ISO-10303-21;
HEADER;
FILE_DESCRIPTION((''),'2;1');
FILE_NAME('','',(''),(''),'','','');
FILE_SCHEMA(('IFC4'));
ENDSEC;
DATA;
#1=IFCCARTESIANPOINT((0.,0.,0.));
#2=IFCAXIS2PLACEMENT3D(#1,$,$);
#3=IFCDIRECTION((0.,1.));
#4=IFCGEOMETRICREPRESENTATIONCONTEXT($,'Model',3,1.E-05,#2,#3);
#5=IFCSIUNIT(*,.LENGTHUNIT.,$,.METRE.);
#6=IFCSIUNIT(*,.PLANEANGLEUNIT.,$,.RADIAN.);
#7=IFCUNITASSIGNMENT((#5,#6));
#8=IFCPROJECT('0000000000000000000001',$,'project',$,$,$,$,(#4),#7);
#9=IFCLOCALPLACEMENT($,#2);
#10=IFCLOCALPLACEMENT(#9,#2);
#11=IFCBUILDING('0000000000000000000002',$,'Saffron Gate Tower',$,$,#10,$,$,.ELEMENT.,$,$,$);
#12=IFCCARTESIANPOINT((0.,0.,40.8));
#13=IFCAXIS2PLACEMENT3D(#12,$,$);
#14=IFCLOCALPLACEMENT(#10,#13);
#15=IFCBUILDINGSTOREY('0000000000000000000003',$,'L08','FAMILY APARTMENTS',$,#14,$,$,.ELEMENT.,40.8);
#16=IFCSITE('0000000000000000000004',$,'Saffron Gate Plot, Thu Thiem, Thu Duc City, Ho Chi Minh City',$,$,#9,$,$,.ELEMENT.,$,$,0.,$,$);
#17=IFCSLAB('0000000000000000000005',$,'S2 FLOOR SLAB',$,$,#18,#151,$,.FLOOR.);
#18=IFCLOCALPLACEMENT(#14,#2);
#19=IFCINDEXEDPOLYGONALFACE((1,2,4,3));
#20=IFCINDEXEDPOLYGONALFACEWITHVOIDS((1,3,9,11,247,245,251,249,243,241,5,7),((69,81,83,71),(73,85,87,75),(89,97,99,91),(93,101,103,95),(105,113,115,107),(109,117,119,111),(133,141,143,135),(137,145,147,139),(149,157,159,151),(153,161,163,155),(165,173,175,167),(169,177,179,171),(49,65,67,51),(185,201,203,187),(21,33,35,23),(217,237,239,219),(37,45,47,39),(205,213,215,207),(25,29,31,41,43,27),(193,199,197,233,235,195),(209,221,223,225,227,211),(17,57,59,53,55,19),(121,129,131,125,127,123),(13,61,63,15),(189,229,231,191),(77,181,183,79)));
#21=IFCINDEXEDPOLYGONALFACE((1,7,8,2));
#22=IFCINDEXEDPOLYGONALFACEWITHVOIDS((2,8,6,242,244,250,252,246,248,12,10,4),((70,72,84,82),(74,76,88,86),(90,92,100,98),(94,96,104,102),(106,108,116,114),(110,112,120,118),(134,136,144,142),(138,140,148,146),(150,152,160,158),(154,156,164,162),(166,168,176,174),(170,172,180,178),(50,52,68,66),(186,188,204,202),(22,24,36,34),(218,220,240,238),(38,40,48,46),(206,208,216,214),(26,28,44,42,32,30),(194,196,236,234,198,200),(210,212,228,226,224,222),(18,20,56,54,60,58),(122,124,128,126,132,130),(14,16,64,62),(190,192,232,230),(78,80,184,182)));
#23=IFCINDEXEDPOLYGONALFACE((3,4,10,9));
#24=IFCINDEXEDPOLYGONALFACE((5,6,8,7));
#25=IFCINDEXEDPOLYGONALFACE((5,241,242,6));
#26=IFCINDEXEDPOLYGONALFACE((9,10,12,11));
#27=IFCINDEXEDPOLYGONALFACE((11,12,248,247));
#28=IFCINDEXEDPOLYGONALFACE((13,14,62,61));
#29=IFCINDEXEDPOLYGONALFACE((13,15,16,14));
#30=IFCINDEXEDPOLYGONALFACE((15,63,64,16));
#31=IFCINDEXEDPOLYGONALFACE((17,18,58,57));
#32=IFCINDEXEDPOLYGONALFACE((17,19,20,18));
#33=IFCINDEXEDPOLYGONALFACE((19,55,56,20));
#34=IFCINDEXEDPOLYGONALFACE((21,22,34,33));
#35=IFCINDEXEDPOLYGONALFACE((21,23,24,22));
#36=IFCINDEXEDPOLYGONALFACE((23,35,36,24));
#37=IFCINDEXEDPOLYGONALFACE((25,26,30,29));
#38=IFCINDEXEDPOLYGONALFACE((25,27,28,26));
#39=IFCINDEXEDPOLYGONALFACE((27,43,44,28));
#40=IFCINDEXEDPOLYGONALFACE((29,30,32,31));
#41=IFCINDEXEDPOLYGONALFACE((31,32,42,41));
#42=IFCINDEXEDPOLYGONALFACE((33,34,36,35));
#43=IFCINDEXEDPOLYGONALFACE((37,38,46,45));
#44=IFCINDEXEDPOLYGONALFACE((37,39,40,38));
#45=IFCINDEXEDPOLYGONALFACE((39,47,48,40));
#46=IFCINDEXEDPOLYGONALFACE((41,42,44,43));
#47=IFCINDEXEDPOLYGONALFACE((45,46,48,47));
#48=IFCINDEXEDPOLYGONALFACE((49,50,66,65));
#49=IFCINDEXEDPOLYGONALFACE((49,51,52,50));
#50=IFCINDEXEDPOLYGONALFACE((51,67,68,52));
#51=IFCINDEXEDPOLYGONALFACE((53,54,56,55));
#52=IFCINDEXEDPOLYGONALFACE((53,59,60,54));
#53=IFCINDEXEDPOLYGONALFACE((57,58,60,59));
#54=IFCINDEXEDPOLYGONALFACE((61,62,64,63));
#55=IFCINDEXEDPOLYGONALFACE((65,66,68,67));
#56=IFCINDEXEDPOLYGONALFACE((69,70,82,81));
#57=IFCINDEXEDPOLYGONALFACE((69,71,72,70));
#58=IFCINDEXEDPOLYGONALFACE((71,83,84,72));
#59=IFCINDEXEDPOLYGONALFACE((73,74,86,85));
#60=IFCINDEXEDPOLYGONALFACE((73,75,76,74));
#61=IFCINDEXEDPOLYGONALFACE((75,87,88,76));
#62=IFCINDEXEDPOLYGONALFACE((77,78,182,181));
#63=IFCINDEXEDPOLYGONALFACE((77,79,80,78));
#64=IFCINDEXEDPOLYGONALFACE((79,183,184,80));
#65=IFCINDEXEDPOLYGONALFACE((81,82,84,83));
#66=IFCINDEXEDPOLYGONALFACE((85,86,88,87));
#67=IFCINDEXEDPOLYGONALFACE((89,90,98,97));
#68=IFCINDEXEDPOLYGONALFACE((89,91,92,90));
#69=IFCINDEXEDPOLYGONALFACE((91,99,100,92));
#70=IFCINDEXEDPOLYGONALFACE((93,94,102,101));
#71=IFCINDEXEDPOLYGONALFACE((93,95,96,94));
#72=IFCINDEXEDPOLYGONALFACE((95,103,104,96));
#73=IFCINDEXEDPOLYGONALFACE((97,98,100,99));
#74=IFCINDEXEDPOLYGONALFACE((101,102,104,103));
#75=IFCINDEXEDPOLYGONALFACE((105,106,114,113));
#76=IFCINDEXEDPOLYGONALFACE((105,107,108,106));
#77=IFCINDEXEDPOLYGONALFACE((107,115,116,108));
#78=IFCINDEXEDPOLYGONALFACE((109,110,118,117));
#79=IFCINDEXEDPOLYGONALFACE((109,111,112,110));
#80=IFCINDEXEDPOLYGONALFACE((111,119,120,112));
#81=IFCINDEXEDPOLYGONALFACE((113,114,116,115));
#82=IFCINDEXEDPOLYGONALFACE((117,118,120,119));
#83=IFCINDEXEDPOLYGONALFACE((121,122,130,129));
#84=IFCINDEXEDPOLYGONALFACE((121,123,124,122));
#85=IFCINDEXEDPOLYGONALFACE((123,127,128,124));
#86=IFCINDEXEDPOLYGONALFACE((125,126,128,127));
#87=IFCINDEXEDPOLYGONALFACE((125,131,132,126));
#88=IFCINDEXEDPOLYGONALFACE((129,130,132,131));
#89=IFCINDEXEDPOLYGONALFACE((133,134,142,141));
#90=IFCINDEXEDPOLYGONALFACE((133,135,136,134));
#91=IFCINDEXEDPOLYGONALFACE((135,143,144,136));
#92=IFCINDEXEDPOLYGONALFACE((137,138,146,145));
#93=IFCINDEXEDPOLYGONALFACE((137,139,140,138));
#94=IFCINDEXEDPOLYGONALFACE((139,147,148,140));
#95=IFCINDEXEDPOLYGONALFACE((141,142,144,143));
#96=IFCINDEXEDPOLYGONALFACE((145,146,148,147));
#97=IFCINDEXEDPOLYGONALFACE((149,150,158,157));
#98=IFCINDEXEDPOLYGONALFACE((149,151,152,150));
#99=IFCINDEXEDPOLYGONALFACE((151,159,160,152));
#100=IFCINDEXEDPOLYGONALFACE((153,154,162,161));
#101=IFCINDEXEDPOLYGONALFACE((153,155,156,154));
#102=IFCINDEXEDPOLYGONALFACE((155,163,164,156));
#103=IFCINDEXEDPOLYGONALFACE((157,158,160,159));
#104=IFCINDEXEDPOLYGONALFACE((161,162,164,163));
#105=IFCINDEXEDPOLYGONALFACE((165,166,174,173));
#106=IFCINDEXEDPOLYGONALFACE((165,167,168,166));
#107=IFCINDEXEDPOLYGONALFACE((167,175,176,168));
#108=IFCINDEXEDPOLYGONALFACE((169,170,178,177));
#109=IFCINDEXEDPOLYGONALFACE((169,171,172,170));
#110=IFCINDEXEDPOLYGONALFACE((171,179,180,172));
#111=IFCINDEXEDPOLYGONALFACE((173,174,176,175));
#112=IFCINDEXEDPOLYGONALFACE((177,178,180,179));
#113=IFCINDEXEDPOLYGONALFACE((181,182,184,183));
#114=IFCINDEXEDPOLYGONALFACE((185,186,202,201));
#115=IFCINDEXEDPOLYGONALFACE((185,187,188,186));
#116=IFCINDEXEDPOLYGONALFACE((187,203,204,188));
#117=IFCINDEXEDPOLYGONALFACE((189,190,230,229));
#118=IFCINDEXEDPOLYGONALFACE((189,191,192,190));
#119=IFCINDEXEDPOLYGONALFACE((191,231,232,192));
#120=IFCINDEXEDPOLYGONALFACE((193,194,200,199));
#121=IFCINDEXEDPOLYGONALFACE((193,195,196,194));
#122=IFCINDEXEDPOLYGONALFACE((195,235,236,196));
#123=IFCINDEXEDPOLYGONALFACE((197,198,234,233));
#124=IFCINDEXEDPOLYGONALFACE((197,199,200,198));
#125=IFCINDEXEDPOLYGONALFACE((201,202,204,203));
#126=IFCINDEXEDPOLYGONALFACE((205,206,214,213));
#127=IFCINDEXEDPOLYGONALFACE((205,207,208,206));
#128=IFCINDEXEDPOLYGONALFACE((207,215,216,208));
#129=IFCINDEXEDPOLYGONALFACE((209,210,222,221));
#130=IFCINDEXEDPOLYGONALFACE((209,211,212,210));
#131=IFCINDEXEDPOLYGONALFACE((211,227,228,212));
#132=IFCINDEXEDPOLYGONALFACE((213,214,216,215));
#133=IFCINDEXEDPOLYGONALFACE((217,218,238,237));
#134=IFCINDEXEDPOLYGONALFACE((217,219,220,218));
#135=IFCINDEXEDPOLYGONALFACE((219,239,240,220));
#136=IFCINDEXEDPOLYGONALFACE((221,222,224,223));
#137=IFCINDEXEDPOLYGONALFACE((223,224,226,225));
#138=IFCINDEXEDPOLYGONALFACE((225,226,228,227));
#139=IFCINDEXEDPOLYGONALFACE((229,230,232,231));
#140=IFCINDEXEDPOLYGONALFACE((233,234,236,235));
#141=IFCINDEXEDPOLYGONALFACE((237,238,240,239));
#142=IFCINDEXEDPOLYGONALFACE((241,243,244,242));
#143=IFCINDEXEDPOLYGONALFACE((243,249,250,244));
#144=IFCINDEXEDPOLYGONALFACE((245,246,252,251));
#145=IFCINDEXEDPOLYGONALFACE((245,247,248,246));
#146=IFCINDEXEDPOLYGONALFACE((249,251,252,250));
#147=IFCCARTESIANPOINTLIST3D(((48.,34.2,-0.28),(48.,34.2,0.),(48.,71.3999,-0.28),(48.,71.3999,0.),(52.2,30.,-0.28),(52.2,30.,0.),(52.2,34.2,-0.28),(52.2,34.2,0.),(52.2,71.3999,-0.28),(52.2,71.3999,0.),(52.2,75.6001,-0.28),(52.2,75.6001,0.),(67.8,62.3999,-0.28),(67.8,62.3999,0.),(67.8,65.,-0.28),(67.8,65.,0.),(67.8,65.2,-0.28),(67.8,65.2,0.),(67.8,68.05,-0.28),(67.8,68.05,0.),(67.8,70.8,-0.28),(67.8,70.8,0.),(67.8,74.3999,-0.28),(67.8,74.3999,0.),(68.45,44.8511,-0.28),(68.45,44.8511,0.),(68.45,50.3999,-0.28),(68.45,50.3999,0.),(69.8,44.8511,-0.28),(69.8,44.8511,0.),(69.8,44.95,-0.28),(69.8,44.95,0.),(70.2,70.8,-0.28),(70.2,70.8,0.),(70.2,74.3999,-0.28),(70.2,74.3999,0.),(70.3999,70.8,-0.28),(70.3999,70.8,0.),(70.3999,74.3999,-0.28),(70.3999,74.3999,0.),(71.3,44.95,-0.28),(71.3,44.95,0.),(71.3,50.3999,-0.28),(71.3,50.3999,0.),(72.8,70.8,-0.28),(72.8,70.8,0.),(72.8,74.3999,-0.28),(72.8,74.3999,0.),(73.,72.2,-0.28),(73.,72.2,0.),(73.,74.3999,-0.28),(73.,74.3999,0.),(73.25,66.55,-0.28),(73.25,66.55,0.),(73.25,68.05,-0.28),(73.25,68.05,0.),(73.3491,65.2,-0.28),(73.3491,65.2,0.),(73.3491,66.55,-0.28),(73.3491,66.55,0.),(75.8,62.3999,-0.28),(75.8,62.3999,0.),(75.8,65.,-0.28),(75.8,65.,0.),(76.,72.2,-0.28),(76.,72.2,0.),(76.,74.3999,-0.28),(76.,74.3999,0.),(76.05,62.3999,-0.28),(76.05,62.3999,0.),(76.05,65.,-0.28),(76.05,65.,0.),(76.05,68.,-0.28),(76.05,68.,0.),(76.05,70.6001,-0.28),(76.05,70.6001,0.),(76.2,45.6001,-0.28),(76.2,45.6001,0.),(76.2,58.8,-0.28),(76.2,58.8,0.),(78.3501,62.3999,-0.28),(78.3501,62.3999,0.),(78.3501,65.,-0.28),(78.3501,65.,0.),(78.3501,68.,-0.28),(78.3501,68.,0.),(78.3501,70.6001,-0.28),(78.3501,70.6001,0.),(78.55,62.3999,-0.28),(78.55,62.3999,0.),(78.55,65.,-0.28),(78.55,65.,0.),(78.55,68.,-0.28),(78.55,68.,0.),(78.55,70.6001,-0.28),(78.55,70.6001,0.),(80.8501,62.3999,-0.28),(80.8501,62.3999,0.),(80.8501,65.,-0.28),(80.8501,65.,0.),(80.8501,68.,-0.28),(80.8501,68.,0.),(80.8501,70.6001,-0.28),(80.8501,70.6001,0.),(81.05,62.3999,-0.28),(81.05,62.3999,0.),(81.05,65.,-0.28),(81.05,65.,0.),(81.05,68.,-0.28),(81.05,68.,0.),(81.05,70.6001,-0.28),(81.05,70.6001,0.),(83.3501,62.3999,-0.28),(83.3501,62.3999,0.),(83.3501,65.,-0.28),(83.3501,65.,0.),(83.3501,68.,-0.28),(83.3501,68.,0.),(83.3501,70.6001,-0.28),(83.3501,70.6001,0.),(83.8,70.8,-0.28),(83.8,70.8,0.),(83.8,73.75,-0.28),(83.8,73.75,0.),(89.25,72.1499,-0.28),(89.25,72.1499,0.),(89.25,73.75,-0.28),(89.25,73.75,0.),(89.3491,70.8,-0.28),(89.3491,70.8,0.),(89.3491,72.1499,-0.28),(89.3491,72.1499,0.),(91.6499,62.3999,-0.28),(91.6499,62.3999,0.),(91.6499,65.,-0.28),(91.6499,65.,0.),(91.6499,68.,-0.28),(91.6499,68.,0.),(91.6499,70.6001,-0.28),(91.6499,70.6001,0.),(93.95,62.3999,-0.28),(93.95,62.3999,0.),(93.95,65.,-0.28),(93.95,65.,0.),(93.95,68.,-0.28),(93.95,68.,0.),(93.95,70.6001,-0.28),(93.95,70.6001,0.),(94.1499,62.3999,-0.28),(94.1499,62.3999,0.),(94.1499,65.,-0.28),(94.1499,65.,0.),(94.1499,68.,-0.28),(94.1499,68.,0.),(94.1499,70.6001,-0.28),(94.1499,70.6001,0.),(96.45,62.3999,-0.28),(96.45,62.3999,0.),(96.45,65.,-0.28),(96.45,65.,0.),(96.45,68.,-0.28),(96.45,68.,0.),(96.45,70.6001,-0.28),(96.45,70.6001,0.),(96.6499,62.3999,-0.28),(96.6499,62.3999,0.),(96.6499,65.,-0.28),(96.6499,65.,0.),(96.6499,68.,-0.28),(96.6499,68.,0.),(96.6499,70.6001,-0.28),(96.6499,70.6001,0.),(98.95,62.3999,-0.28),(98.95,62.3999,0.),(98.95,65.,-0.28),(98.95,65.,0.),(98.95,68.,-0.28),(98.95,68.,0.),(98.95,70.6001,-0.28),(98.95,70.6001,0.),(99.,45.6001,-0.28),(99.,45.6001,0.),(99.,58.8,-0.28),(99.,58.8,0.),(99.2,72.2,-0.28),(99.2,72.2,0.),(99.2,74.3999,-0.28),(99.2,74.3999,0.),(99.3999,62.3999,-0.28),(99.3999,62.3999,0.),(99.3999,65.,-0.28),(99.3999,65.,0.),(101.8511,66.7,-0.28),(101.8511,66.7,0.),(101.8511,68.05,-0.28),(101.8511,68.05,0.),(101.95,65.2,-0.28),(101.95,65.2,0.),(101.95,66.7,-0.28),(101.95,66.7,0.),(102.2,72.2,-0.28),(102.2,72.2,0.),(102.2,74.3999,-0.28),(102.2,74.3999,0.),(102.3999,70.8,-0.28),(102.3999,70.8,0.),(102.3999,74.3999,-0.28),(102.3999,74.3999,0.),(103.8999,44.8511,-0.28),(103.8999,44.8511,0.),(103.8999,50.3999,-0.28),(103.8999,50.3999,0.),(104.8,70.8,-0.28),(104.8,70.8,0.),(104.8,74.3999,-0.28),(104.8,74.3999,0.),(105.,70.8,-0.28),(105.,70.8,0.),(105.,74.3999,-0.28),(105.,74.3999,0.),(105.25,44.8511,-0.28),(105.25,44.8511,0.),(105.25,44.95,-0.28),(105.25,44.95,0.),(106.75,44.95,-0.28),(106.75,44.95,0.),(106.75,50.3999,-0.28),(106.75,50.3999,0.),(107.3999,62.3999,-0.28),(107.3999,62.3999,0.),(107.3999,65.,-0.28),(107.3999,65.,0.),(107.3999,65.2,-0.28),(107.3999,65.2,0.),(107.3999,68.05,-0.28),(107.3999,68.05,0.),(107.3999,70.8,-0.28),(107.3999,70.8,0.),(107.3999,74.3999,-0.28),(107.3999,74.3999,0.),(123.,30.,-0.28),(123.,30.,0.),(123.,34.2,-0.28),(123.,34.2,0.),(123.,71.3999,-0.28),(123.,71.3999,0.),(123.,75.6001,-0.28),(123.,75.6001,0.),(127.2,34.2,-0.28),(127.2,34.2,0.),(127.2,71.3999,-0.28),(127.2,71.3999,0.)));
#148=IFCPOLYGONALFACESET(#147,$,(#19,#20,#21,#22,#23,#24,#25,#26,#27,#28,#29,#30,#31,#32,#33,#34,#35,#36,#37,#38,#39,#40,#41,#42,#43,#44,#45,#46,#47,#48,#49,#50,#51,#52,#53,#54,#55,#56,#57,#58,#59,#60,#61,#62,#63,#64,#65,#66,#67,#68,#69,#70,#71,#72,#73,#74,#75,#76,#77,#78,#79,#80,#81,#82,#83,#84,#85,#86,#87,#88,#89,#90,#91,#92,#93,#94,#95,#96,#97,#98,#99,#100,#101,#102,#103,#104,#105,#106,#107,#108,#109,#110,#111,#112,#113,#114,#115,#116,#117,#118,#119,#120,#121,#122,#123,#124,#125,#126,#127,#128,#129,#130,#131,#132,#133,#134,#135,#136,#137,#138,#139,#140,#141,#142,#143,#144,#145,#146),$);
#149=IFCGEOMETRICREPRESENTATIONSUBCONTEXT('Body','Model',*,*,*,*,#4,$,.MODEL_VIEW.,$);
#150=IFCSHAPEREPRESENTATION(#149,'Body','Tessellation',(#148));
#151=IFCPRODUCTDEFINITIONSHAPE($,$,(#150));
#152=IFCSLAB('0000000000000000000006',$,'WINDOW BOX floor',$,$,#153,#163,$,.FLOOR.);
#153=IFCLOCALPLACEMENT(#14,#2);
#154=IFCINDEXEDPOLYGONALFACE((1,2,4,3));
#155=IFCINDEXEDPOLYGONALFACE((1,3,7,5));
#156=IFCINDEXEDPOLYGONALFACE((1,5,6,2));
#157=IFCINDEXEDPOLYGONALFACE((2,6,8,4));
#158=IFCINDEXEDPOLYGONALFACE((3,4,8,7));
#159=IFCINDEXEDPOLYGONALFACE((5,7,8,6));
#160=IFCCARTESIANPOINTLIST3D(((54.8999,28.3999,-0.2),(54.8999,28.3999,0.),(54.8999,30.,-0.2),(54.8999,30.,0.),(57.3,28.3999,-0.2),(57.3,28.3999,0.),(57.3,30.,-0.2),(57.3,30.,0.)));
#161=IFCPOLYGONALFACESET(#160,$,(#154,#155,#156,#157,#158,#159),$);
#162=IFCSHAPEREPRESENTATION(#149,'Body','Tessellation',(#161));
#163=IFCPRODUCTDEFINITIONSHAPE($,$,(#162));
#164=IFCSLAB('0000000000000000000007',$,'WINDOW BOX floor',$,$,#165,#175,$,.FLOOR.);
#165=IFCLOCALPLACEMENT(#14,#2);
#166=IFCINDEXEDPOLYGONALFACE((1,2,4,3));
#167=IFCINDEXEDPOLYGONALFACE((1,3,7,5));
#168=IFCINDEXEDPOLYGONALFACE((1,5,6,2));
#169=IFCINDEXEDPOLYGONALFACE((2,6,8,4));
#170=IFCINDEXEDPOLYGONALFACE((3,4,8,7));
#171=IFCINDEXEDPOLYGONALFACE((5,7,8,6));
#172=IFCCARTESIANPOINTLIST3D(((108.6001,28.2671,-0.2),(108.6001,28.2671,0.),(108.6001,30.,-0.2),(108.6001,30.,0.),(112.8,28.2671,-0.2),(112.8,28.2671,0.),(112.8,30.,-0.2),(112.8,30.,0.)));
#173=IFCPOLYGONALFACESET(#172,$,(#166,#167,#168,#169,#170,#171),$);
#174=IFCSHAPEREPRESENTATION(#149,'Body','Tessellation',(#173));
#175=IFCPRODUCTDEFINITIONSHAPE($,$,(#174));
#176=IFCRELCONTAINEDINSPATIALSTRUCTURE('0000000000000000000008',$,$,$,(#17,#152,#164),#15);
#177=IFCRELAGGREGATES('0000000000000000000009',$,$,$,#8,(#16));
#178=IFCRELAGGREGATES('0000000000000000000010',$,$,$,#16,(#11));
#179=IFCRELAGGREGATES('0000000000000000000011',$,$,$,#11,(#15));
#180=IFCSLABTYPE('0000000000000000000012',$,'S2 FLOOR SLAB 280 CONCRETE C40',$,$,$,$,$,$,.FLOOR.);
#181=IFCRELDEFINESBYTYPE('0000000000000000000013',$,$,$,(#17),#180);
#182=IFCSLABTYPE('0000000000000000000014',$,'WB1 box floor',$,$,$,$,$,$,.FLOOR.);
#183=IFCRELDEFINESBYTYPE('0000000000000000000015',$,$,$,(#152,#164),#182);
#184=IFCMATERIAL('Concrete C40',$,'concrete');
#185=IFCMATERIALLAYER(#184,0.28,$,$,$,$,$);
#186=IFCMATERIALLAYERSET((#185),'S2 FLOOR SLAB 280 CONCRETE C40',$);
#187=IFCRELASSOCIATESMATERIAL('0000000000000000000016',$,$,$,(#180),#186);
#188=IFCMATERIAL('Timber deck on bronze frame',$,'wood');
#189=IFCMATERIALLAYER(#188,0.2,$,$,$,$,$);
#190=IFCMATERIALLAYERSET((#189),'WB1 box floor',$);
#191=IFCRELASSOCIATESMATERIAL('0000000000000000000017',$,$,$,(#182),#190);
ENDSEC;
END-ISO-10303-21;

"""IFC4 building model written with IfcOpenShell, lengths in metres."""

from ifc_helpers import new_model, si_unit, direction, frame, origin, place, context, subcontext, project, spatial, polyline, outline, extrude, material, layer, layer_set, type_object, element, save


model = new_model("IFC4")

# Units and contexts
model_context = context("Model", 3, precision=1e-05, world=origin(), true_north=direction((0.0, 1.0)))
body_context = subcontext(model_context, "Body", "Model", "MODEL_VIEW")
ifc_project = project(units=[si_unit("LENGTHUNIT", "METRE"), si_unit("PLANEANGLEUNIT", "RADIAN")], contexts=[model_context])

# Site, building, storey
site_placement = place(None, origin())
site = spatial("IfcSite", under=ifc_project, at=site_placement, Name="Saffron Gate Plot, Thu Thiem, Thu Duc City, Ho Chi Minh City", CompositionType="ELEMENT", RefElevation=0.0)
building_placement = place(site_placement, origin())
building = spatial("IfcBuilding", under=site, at=building_placement, Name="Saffron Gate Tower", CompositionType="ELEMENT")
storey_placement = place(building_placement, frame((0.0, 0.0, 40.8)))
storey = spatial("IfcBuildingStorey", under=building, at=storey_placement, Name="L08", Description="FAMILY APARTMENTS", CompositionType="ELEMENT", Elevation=40.8)

# Slabs
ifc_material_1 = material(Name="Concrete C40", Category="concrete")
ifc_layer_1 = layer(ifc_material_1, 0.28)
ifc_layer_set_1 = layer_set([ifc_layer_1], Name="S2 FLOOR SLAB 280 CONCRETE C40")
slab_type_1 = type_object("IfcSlabType", Name="S2 FLOOR SLAB 280 CONCRETE C40", PredefinedType="FLOOR", material=ifc_layer_set_1)
slab_1_placement = place(storey_placement, frame((0.0, 0.0, -0.28)))
element("IfcSlab", 1, at=slab_1_placement, inside=storey, type_object=slab_type_1, Name="S2 FLOOR SLAB", PredefinedType="FLOOR", context=body_context, shape_type="SweptSolid", body=[
    extrude(outline(polyline([(48.0, 34.2), (52.2, 34.2), (52.2, 30.0), (123.0, 30.0), (123.0, 34.2), (127.2, 34.2), (127.2, 71.3999), (123.0, 71.3999), (123.0, 75.6001), (52.2, 75.6001), (52.2, 71.3999), (48.0, 71.3999), (48.0, 34.2)]), holes=[polyline([(67.8, 62.3999), (67.8, 65.0), (75.8, 65.0), (75.8, 62.3999), (67.8, 62.3999)]), polyline([(67.8, 65.2), (67.8, 68.05), (73.25, 68.05), (73.25, 66.55), (73.3491, 66.55), (73.3491, 65.2), (67.8, 65.2)]), polyline([(67.8, 70.8), (67.8, 74.3999), (70.2, 74.3999), (70.2, 70.8), (67.8, 70.8)]), polyline([(68.45, 44.8511), (68.45, 50.3999), (71.3, 50.3999), (71.3, 44.95), (69.8, 44.95), (69.8, 44.8511), (68.45, 44.8511)]), polyline([(70.3999, 70.8), (70.3999, 74.3999), (72.8, 74.3999), (72.8, 70.8), (70.3999, 70.8)]), polyline([(73.0, 72.2), (73.0, 74.3999), (76.0, 74.3999), (76.0, 72.2), (73.0, 72.2)]), polyline([(76.05, 62.3999), (76.05, 65.0), (78.3501, 65.0), (78.3501, 62.3999), (76.05, 62.3999)]), polyline([(76.05, 68.0), (76.05, 70.6001), (78.3501, 70.6001), (78.3501, 68.0), (76.05, 68.0)]), polyline([(76.2, 45.6001), (76.2, 58.8), (99.0, 58.8), (99.0, 45.6001), (76.2, 45.6001)]), polyline([(78.55, 62.3999), (78.55, 65.0), (80.8501, 65.0), (80.8501, 62.3999), (78.55, 62.3999)]), polyline([(78.55, 68.0), (78.55, 70.6001), (80.8501, 70.6001), (80.8501, 68.0), (78.55, 68.0)]), polyline([(81.05, 62.3999), (81.05, 65.0), (83.3501, 65.0), (83.3501, 62.3999), (81.05, 62.3999)]), polyline([(81.05, 68.0), (81.05, 70.6001), (83.3501, 70.6001), (83.3501, 68.0), (81.05, 68.0)]), polyline([(83.8, 70.8), (83.8, 73.75), (89.25, 73.75), (89.25, 72.1499), (89.3491, 72.1499), (89.3491, 70.8), (83.8, 70.8)]), polyline([(91.6499, 62.3999), (91.6499, 65.0), (93.95, 65.0), (93.95, 62.3999), (91.6499, 62.3999)]), polyline([(91.6499, 68.0), (91.6499, 70.6001), (93.95, 70.6001), (93.95, 68.0), (91.6499, 68.0)]), polyline([(94.1499, 62.3999), (94.1499, 65.0), (96.45, 65.0), (96.45, 62.3999), (94.1499, 62.3999)]), polyline([(94.1499, 68.0), (94.1499, 70.6001), (96.45, 70.6001), (96.45, 68.0), (94.1499, 68.0)]), polyline([(96.6499, 62.3999), (96.6499, 65.0), (98.95, 65.0), (98.95, 62.3999), (96.6499, 62.3999)]), polyline([(96.6499, 68.0), (96.6499, 70.6001), (98.95, 70.6001), (98.95, 68.0), (96.6499, 68.0)]), polyline([(99.2, 72.2), (99.2, 74.3999), (102.2, 74.3999), (102.2, 72.2), (99.2, 72.2)]), polyline([(99.3999, 62.3999), (99.3999, 65.0), (107.3999, 65.0), (107.3999, 62.3999), (99.3999, 62.3999)]), polyline([(101.8511, 66.7), (101.8511, 68.05), (107.3999, 68.05), (107.3999, 65.2), (101.95, 65.2), (101.95, 66.7), (101.8511, 66.7)]), polyline([(102.3999, 70.8), (102.3999, 74.3999), (104.8, 74.3999), (104.8, 70.8), (102.3999, 70.8)]), polyline([(103.8999, 44.8511), (103.8999, 50.3999), (106.75, 50.3999), (106.75, 44.95), (105.25, 44.95), (105.25, 44.8511), (103.8999, 44.8511)]), polyline([(105.0, 70.8), (105.0, 74.3999), (107.3999, 74.3999), (107.3999, 70.8), (105.0, 70.8)])]), origin(), (0.0, 0.0, 1.0), 0.28),
])
ifc_material_2 = material(Name="Timber deck on bronze frame", Category="wood")
ifc_layer_2 = layer(ifc_material_2, 0.2)
ifc_layer_set_2 = layer_set([ifc_layer_2], Name="WB1 box floor")
slab_type_2 = type_object("IfcSlabType", Name="WB1 box floor", PredefinedType="FLOOR", material=ifc_layer_set_2)
slab_2_placement = place(storey_placement, frame((0.0, 0.0, -0.2)))
element("IfcSlab", 2, at=slab_2_placement, inside=storey, type_object=slab_type_2, Name="WINDOW BOX floor", PredefinedType="FLOOR", context=body_context, shape_type="SweptSolid", body=[
    extrude(outline(polyline([(54.8999, 30.0), (57.3, 30.0), (57.3, 28.3999), (54.8999, 28.3999), (54.8999, 30.0)])), origin(), (0.0, 0.0, 1.0), 0.2),
])
slab_3_placement = place(storey_placement, frame((0.0, 0.0, -0.2)))
element("IfcSlab", 3, at=slab_3_placement, inside=storey, type_object=slab_type_2, Name="WINDOW BOX floor", PredefinedType="FLOOR", context=body_context, shape_type="SweptSolid", body=[
    extrude(outline(polyline([(108.6001, 30.0), (112.8, 30.0), (112.8, 28.2671), (108.6001, 28.2671), (108.6001, 30.0)])), origin(), (0.0, 0.0, 1.0), 0.2),
])

save(model, "model.ifc")
